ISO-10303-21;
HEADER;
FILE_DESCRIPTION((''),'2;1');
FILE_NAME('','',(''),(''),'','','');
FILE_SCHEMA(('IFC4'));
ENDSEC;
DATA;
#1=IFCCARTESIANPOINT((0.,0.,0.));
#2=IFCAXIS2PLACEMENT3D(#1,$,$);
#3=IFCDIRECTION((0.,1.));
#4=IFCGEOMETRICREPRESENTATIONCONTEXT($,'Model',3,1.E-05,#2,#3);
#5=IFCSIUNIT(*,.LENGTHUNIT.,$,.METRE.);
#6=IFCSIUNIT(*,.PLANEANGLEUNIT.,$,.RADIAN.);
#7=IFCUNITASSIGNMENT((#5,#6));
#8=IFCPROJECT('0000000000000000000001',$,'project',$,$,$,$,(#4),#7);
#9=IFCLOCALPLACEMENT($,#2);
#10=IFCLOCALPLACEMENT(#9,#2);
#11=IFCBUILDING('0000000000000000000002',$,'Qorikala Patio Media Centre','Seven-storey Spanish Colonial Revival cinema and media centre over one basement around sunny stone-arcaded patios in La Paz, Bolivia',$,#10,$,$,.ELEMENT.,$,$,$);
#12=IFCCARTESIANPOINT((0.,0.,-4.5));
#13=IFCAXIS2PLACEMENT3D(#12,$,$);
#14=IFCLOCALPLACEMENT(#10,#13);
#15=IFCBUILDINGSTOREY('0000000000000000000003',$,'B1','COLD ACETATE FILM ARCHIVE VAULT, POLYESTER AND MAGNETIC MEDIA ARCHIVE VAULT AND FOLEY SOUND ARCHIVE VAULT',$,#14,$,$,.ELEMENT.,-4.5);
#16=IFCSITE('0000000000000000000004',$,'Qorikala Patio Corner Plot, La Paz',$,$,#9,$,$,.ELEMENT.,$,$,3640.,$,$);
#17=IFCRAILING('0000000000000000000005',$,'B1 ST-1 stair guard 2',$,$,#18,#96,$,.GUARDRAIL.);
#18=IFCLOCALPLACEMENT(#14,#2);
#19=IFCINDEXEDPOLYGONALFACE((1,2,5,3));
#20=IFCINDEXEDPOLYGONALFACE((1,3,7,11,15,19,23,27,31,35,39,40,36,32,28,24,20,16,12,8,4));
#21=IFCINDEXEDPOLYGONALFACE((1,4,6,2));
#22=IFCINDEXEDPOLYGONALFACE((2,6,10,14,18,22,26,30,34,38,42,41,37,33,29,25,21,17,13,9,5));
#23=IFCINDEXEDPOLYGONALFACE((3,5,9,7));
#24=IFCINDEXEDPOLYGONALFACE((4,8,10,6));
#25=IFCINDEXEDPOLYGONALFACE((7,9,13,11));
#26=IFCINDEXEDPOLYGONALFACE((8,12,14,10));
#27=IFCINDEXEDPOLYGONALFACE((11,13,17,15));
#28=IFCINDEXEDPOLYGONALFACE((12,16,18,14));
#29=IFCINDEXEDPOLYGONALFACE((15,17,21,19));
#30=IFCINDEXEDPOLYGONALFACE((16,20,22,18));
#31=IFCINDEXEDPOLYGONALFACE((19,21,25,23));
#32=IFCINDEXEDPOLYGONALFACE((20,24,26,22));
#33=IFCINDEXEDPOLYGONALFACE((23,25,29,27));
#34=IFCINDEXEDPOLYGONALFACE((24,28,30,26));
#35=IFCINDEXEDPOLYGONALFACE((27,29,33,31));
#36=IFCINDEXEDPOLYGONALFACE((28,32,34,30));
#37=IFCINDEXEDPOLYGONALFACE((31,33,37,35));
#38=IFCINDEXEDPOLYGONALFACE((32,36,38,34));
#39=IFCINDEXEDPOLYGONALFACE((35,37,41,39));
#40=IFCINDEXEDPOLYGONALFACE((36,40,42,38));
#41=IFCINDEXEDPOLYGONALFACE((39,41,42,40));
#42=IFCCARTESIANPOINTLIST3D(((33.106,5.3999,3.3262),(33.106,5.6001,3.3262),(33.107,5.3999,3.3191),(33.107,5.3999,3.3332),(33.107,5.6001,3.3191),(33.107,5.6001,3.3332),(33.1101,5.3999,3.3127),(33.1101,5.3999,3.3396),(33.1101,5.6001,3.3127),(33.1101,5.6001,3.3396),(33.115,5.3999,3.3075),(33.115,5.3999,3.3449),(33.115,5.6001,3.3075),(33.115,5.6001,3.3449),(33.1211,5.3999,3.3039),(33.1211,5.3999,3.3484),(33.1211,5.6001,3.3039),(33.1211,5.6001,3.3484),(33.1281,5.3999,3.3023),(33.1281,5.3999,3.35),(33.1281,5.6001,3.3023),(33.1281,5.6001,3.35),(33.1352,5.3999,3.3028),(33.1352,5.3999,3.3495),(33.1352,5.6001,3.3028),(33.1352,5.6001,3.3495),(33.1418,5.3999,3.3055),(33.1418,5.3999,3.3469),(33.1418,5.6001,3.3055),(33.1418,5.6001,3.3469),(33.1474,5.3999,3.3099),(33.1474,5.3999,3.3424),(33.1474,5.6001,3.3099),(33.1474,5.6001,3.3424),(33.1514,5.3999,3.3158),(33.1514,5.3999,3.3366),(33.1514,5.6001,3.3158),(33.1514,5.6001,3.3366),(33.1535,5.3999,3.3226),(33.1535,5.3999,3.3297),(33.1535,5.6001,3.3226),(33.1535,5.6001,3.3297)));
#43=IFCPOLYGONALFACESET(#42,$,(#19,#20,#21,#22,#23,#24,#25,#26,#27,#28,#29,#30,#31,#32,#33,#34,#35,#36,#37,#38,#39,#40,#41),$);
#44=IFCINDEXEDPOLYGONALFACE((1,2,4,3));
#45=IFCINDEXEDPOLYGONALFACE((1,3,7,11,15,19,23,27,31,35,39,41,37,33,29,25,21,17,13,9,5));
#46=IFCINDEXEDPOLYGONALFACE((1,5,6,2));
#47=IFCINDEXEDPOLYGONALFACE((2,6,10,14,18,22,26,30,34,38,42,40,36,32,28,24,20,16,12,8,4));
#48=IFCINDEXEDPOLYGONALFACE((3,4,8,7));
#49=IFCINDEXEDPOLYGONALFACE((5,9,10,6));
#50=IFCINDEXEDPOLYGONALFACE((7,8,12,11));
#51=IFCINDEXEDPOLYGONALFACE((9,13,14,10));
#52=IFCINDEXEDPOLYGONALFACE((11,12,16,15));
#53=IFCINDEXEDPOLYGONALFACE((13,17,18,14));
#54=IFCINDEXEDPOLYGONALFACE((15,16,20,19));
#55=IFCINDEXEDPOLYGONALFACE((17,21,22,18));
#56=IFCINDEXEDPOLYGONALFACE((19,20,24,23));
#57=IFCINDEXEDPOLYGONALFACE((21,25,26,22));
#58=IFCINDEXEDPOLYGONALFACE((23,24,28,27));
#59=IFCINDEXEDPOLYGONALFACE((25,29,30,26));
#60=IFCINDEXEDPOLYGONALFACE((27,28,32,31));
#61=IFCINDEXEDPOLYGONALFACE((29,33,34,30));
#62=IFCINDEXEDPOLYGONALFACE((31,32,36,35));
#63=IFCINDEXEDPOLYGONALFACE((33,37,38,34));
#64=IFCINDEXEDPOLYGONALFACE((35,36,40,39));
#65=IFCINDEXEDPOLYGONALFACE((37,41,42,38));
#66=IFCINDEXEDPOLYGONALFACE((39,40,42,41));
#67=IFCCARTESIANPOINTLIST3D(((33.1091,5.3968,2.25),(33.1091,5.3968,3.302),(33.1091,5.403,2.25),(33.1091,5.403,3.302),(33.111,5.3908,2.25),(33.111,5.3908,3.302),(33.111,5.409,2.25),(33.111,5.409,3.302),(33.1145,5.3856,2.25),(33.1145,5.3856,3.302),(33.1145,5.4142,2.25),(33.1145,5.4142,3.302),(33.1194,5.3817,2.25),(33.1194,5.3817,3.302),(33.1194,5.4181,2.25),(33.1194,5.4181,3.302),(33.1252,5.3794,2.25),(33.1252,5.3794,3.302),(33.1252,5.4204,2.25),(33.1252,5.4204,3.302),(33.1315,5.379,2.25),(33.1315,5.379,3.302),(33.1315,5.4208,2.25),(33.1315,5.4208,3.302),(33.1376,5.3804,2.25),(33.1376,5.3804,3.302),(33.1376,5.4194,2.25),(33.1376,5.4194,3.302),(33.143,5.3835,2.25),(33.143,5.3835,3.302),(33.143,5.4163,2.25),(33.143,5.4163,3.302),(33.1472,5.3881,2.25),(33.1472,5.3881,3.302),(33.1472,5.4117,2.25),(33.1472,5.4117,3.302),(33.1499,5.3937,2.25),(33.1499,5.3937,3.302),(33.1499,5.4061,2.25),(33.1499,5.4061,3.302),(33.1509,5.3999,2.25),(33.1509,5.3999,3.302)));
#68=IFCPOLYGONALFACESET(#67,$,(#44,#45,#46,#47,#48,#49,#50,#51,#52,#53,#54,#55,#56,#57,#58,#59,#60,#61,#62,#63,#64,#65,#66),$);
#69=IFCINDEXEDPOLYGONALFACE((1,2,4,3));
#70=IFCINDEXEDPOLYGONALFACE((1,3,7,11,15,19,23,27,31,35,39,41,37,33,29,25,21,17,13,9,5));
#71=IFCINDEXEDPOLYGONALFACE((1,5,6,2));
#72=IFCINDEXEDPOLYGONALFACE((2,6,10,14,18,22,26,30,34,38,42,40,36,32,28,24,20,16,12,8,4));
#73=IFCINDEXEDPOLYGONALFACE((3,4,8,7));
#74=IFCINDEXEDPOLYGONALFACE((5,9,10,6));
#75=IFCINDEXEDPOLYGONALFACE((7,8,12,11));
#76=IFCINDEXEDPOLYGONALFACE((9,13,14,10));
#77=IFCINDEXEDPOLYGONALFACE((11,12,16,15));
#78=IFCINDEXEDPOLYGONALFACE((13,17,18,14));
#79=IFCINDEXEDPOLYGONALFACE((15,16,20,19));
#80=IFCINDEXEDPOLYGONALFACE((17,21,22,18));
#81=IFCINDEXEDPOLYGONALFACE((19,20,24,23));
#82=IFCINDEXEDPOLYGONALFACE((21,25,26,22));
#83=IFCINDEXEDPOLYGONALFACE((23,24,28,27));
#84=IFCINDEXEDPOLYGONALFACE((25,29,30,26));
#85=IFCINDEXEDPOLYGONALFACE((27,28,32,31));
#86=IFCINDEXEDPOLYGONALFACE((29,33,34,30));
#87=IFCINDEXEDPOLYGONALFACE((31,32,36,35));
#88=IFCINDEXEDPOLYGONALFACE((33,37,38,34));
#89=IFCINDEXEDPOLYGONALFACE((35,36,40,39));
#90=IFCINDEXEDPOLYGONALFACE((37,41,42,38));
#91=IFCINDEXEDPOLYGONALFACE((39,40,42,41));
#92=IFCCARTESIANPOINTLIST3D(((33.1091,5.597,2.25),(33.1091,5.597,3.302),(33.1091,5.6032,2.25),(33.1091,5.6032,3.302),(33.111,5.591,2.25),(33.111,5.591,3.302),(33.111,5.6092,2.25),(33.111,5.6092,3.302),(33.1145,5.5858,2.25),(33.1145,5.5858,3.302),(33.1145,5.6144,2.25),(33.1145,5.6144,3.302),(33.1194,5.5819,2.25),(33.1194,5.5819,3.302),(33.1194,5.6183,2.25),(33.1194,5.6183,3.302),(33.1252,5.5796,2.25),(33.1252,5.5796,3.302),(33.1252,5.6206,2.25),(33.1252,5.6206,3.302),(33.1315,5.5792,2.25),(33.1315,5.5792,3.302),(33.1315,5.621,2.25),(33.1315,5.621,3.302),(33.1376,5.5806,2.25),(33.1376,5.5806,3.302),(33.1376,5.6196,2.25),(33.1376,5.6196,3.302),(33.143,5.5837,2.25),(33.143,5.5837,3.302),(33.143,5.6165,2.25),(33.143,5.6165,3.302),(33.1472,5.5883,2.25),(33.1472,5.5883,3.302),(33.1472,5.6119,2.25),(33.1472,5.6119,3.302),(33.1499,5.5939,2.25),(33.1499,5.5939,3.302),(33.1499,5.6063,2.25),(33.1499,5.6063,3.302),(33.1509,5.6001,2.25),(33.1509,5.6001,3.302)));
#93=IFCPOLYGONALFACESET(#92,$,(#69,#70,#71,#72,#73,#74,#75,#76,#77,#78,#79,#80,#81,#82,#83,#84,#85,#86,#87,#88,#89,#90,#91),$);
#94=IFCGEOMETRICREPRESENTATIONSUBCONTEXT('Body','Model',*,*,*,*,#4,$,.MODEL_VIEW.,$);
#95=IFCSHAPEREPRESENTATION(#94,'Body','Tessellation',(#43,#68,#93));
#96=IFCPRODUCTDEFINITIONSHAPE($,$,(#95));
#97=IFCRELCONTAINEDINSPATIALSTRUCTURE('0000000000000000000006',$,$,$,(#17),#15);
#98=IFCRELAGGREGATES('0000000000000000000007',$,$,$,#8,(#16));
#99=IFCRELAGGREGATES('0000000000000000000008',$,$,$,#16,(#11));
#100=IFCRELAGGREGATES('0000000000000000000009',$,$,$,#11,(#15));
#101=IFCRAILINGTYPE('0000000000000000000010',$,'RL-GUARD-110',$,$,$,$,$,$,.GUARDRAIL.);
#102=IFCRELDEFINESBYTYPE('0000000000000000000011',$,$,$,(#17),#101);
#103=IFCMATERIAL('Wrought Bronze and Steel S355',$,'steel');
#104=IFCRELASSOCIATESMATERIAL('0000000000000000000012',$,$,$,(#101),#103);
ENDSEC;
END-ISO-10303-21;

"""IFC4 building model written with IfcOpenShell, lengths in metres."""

from ifc_helpers import new_model, si_unit, direction, frame, origin, origin_2d, place, context, subcontext, project, spatial, circle, extrude, material, type_object, element, save


model = new_model("IFC4")

# Units and contexts
model_context = context("Model", 3, precision=1e-05, world=origin(), true_north=direction((0.0, 1.0)))
body_context = subcontext(model_context, "Body", "Model", "MODEL_VIEW")
ifc_project = project(units=[si_unit("LENGTHUNIT", "METRE"), si_unit("PLANEANGLEUNIT", "RADIAN")], contexts=[model_context])

# Site, building, storey
site_placement = place(None, origin())
site = spatial("IfcSite", under=ifc_project, at=site_placement, Name="Qorikala Patio Corner Plot, La Paz", CompositionType="ELEMENT", RefElevation=3640.0)
building_placement = place(site_placement, origin())
building = spatial("IfcBuilding", under=site, at=building_placement, Name="Qorikala Patio Media Centre", Description="Seven-storey Spanish Colonial Revival cinema and media centre over one basement around sunny stone-arcaded patios in La Paz, Bolivia", CompositionType="ELEMENT")
storey_placement = place(building_placement, frame((0.0, 0.0, -4.5)))
storey = spatial("IfcBuildingStorey", under=building, at=storey_placement, Name="B1", Description="COLD ACETATE FILM ARCHIVE VAULT, POLYESTER AND MAGNETIC MEDIA ARCHIVE VAULT AND FOLEY SOUND ARCHIVE VAULT", CompositionType="ELEMENT", Elevation=-4.5)

# Railing
ifc_material_1 = material(Name="Wrought Bronze and Steel S355", Category="steel")
railing_type_1 = type_object("IfcRailingType", Name="RL-GUARD-110", PredefinedType="GUARDRAIL", material=ifc_material_1)
railing_1_placement = place(storey_placement, frame((33.1299, 5.3999, 2.25)))
element("IfcRailing", 1, at=railing_1_placement, inside=storey, type_object=railing_type_1, Name="B1 ST-1 stair guard 2", PredefinedType="GUARDRAIL", context=body_context, shape_type="SweptSolid", body=[
    extrude(circle(Radius=0.0239, at=origin_2d()), frame((0.0, 0.0, 1.0762), z_axis=(0.0, 1.0, 0.0), x_axis=(-1.0, 0.0, 0.0)), (0.0, 0.0, 1.0), 0.2002),
    extrude(circle(Radius=0.021, at=origin_2d()), origin(), (0.0, 0.0, 1.0), 1.052),
    extrude(circle(Radius=0.021, at=origin_2d()), frame((0.0, 0.2002, 0.0)), (0.0, 0.0, 1.0), 1.052),
])

save(model, "model.ifc")
